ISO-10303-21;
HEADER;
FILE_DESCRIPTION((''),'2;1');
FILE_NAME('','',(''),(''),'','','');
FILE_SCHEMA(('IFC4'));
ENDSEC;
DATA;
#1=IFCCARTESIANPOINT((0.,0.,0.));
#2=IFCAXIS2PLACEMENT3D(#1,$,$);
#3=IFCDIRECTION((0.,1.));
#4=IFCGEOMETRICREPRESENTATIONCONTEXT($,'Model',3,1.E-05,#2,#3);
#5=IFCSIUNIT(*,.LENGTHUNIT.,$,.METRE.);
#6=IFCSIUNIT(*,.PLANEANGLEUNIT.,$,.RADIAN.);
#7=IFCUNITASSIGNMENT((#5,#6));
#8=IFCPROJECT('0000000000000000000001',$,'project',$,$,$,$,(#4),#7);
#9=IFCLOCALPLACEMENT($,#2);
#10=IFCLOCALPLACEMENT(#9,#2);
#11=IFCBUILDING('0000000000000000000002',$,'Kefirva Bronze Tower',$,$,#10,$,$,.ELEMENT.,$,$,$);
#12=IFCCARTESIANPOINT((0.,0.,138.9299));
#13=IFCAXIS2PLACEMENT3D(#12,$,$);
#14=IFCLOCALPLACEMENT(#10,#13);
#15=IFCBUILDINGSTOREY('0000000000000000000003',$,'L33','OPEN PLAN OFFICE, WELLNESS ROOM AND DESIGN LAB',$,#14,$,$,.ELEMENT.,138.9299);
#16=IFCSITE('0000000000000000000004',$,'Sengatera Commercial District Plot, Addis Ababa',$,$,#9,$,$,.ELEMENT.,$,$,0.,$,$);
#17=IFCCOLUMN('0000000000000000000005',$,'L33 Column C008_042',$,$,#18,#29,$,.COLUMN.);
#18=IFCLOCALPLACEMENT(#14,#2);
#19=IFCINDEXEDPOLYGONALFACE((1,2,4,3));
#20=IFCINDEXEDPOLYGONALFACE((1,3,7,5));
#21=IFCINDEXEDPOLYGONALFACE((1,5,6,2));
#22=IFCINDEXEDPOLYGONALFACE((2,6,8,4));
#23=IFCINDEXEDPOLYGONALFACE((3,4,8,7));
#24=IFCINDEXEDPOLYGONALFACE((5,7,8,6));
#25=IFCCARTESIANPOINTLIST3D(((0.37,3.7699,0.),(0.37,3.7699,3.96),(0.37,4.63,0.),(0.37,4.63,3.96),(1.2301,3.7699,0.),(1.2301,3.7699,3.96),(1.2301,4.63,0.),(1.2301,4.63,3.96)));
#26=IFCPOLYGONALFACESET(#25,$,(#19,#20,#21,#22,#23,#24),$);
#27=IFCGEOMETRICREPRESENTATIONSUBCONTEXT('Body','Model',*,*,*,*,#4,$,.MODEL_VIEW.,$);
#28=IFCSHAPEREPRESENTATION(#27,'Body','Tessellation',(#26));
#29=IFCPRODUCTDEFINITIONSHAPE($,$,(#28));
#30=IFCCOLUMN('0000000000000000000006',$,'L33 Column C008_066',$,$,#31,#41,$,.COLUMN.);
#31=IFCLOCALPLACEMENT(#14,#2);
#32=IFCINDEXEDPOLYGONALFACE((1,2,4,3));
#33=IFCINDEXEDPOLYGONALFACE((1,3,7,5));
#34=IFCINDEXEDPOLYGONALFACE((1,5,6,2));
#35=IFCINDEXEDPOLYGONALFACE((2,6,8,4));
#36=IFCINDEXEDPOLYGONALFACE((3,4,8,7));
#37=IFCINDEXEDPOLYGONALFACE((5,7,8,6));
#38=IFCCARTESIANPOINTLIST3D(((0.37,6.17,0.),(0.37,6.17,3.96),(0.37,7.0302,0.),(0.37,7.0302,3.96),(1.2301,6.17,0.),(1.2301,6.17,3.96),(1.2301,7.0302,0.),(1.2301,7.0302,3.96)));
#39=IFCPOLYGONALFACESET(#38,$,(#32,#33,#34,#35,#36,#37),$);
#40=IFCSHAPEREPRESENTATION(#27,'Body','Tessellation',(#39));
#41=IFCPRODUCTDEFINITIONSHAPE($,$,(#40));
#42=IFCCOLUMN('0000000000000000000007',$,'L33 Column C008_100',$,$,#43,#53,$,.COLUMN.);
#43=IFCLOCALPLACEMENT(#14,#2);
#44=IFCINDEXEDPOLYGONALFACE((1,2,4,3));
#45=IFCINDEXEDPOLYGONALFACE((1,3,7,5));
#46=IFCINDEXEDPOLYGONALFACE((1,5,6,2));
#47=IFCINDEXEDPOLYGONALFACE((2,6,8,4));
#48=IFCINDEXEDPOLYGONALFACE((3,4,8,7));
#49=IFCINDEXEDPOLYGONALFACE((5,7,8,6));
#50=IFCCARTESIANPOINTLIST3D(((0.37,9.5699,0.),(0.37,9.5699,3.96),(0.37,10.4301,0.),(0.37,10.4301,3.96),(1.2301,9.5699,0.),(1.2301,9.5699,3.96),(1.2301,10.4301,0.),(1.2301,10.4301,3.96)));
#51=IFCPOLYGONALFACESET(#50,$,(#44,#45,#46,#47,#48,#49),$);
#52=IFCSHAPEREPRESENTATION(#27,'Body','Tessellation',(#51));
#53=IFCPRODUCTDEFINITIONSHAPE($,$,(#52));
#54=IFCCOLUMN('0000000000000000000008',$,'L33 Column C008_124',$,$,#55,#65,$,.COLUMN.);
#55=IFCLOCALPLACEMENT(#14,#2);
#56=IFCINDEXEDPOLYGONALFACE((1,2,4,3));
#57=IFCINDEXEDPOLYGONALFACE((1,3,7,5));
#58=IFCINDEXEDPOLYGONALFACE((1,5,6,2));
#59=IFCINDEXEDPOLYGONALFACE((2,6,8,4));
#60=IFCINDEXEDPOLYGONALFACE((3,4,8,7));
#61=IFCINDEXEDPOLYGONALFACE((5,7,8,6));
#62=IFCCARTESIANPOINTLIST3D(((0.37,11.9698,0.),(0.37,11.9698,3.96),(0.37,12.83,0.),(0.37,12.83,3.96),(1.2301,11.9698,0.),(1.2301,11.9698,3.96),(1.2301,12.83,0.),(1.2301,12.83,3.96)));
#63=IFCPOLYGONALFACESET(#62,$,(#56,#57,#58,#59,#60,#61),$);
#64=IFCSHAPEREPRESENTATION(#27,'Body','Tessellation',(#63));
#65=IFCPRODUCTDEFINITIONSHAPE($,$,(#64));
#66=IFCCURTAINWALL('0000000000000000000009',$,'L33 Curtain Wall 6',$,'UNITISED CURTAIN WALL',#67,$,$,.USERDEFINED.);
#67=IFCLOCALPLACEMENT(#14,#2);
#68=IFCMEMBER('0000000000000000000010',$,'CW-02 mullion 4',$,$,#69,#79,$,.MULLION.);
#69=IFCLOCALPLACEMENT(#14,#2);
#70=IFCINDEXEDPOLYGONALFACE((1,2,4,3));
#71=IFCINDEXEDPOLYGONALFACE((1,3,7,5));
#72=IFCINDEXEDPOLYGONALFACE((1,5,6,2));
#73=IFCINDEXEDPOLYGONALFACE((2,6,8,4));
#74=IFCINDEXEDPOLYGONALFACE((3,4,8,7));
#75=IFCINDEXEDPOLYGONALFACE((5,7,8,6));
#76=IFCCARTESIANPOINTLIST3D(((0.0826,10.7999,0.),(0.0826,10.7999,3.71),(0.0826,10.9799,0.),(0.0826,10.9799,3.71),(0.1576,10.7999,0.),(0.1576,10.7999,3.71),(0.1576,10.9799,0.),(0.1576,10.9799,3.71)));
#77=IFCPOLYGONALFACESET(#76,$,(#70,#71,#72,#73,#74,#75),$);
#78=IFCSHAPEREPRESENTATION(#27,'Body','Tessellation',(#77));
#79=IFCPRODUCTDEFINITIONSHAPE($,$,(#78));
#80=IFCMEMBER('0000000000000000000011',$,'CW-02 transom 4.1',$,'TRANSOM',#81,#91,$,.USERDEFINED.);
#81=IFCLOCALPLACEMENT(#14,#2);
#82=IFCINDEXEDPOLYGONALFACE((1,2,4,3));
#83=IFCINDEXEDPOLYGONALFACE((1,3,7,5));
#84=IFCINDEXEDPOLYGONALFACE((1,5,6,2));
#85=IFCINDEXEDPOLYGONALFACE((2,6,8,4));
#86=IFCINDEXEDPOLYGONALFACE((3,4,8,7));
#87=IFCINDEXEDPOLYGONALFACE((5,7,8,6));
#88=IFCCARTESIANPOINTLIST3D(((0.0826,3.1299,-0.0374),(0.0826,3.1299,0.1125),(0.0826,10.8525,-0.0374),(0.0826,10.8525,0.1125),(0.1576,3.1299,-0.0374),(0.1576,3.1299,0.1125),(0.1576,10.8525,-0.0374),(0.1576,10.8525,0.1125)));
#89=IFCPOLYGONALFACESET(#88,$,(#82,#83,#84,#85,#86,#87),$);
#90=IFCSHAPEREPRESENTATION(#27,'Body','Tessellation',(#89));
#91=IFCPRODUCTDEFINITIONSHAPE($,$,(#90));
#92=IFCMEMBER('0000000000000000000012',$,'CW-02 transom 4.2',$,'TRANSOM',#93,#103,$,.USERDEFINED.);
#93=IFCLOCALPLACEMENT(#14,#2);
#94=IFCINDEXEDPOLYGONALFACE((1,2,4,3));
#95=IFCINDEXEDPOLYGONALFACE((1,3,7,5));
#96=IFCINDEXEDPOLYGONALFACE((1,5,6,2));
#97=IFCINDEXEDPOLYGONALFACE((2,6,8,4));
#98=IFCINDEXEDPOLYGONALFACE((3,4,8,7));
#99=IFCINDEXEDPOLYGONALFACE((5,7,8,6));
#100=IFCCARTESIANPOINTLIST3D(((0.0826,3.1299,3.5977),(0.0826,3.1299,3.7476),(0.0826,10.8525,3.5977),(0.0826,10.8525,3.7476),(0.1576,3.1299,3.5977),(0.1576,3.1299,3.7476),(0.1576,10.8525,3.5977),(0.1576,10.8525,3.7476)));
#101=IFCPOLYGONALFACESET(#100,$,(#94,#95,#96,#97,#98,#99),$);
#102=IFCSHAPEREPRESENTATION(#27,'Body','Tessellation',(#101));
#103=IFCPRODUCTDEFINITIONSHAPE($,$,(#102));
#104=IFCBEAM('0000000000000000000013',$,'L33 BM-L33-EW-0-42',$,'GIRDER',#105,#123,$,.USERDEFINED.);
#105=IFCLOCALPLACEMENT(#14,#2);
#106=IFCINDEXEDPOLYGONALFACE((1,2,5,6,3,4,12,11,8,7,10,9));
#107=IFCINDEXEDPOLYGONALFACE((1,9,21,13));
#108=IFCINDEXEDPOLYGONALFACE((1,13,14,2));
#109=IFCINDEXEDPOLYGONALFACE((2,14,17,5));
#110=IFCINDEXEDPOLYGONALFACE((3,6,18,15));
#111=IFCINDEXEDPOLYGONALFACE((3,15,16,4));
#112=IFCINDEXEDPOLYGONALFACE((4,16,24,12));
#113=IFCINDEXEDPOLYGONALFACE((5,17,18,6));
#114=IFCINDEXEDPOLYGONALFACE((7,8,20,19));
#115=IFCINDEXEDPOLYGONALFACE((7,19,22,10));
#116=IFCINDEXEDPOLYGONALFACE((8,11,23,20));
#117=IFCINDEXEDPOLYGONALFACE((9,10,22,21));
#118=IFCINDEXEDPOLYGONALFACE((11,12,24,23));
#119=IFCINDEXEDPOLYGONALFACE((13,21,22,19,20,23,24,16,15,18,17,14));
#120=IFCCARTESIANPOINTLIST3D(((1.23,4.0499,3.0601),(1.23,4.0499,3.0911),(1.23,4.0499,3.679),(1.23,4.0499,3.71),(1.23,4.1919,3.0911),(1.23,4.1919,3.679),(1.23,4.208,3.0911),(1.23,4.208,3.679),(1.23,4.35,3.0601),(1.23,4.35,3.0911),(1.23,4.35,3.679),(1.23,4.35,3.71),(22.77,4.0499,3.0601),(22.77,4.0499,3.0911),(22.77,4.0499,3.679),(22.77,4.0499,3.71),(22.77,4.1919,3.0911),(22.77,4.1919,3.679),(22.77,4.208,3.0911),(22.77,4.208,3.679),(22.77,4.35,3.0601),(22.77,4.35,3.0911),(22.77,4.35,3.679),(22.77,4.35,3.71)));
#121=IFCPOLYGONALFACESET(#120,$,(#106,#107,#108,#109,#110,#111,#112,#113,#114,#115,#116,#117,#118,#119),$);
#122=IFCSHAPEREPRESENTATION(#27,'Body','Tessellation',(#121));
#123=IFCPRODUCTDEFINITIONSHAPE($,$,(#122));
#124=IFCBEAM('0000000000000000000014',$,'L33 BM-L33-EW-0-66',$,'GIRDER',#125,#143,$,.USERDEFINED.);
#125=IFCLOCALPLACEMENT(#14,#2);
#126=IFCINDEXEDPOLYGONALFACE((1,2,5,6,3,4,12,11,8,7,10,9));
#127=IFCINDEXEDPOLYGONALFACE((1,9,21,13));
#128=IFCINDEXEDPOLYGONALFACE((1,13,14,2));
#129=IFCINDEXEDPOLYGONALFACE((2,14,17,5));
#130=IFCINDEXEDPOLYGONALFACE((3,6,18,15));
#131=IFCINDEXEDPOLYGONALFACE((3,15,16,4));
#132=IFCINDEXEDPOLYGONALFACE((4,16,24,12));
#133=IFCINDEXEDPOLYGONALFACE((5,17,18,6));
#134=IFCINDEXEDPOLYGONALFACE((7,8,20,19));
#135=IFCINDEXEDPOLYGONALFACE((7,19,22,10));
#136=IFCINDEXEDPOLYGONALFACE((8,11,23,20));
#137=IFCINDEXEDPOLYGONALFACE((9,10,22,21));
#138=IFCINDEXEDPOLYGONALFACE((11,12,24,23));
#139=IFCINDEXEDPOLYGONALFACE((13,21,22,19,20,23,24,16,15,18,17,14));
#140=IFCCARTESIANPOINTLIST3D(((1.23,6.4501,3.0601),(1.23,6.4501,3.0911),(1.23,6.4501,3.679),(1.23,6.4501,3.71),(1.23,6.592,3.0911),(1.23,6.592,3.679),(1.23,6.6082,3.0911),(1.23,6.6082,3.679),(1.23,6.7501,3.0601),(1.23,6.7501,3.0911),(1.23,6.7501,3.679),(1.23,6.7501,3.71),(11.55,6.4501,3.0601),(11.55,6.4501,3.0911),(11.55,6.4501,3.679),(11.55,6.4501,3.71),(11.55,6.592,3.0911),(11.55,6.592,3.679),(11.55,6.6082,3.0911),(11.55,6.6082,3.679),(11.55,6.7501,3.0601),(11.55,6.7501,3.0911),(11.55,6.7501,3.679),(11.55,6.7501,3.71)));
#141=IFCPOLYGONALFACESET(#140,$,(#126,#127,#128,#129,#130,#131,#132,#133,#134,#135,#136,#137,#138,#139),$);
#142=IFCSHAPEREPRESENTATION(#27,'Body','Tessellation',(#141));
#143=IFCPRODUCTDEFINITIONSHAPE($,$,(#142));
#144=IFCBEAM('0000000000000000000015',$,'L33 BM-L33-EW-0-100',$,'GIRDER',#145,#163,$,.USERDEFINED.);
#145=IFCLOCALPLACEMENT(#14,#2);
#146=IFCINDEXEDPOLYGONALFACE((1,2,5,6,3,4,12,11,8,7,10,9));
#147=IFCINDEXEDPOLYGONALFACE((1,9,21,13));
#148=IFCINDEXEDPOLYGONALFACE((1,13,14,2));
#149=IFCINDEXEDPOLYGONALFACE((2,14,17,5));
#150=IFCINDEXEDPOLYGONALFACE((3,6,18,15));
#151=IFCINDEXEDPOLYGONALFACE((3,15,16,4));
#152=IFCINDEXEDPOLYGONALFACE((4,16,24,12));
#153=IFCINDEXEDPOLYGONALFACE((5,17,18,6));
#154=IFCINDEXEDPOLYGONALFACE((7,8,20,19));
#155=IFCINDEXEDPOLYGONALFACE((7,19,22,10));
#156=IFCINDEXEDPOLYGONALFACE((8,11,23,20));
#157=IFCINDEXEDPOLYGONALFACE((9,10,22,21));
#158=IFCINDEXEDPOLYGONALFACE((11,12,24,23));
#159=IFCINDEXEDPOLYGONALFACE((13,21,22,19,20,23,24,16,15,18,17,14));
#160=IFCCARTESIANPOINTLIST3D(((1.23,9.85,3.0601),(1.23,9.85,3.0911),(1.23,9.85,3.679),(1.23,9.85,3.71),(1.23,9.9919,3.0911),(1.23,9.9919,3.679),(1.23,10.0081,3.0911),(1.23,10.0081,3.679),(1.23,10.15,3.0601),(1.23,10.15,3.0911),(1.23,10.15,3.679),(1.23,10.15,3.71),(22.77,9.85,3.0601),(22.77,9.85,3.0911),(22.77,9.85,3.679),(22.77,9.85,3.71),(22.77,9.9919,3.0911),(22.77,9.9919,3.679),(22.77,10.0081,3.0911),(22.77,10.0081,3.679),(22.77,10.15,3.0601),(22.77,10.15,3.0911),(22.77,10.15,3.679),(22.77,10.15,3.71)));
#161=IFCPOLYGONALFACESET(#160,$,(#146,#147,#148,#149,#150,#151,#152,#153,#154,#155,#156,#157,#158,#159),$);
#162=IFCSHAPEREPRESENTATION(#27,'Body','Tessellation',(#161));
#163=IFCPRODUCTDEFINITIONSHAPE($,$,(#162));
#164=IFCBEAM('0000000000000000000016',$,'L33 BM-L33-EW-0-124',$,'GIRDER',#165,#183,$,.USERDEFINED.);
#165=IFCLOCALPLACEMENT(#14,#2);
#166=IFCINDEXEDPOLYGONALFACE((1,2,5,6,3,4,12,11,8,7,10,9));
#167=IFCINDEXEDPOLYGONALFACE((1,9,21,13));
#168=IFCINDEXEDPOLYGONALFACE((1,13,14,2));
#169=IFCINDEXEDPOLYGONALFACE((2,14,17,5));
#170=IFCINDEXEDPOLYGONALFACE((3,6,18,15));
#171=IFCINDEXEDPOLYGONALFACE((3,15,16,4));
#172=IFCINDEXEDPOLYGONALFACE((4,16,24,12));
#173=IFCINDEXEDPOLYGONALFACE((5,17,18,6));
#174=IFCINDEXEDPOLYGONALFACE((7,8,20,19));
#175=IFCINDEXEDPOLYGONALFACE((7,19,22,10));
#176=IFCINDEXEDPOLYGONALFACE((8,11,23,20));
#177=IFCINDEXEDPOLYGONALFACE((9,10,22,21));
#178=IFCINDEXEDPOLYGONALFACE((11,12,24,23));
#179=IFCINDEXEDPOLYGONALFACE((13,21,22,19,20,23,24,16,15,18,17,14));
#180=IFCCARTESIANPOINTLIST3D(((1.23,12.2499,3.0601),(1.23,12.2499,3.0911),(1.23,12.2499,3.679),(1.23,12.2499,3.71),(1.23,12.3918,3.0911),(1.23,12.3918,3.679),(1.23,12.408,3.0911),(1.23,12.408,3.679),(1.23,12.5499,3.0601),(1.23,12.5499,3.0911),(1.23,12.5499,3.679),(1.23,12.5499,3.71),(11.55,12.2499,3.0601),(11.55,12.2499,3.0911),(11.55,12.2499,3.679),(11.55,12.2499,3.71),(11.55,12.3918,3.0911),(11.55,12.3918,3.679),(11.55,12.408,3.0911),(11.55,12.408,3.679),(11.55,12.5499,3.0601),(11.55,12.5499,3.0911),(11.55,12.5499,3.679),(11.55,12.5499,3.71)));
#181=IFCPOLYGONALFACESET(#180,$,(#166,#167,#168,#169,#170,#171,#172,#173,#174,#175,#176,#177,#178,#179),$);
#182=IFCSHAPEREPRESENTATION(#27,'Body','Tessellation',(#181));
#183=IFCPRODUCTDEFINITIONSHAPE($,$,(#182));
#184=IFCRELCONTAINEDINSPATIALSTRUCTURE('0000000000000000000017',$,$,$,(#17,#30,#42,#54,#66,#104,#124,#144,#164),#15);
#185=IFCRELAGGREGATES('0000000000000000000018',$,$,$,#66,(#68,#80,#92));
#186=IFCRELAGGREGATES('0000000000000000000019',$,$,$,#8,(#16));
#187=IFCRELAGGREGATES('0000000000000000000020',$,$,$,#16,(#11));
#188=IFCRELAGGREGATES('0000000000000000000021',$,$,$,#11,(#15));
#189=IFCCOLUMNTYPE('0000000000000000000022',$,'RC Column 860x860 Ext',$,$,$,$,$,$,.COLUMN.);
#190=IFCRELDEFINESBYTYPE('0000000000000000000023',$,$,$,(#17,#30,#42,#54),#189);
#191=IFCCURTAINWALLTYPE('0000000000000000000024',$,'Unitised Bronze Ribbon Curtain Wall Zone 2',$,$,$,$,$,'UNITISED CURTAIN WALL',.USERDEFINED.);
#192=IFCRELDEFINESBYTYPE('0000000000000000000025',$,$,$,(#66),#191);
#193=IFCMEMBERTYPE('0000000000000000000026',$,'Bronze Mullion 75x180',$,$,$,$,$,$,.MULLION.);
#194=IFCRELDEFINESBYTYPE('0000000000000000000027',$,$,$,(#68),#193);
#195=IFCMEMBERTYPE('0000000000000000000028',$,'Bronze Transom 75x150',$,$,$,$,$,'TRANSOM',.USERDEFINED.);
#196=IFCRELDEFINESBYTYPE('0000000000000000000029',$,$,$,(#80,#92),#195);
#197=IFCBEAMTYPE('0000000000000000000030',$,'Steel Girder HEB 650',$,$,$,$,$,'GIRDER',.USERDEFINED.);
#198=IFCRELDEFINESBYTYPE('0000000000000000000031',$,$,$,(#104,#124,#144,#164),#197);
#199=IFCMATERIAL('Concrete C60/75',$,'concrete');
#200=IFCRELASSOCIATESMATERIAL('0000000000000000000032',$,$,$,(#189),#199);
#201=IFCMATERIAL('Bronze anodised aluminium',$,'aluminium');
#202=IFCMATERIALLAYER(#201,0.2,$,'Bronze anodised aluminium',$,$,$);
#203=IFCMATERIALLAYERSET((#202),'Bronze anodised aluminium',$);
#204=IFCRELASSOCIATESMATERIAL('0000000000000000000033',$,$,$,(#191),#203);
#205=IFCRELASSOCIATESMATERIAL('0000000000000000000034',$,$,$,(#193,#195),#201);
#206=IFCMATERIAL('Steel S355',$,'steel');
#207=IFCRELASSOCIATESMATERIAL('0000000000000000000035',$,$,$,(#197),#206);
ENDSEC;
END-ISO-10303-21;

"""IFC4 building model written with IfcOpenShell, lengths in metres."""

from ifc_helpers import new_model, si_unit, direction, frame, origin, origin_2d, place, context, subcontext, project, spatial, rectangle, i_section, extrude, material, layer, layer_set, material_profile, profile_set, type_object, element, aggregate, save


model = new_model("IFC4")

# Units and contexts
model_context = context("Model", 3, precision=1e-05, world=origin(), true_north=direction((0.0, 1.0)))
body_context = subcontext(model_context, "Body", "Model", "MODEL_VIEW")
ifc_project = project(units=[si_unit("LENGTHUNIT", "METRE"), si_unit("PLANEANGLEUNIT", "RADIAN")], contexts=[model_context])

# Site, building, storey
site_placement = place(None, origin())
site = spatial("IfcSite", under=ifc_project, at=site_placement, Name="Sengatera Commercial District Plot, Addis Ababa", CompositionType="ELEMENT", RefElevation=0.0)
building_placement = place(site_placement, origin())
building = spatial("IfcBuilding", under=site, at=building_placement, Name="Kefirva Bronze Tower", CompositionType="ELEMENT")
storey_placement = place(building_placement, frame((0.0, 0.0, 138.9299)))
storey = spatial("IfcBuildingStorey", under=building, at=storey_placement, Name="L33", Description="OPEN PLAN OFFICE, WELLNESS ROOM AND DESIGN LAB", CompositionType="ELEMENT", Elevation=138.9299)

# Columns
ifc_material_1 = material(Name="Concrete C60/75", Category="concrete")
ifc_material_profile_1 = material_profile(ifc_material_1, rectangle(XDim=0.8601, YDim=0.8601, at=origin_2d()), Name="RC 860x860")
ifc_profile_set_1 = profile_set([ifc_material_profile_1], Name="Concrete C60/75")
column_type = type_object("IfcColumnType", Name="RC Column 860x860 Ext", PredefinedType="COLUMN", material=ifc_profile_set_1)
for number, where, z_axis, x_axis, name in (
    (1, (0.8, 4.2, 0.0), (0.0, 0.0, 1.0), (1.0, 0.0, 0.0), "L33 Column C008_042"),
    (2, (0.8, 6.6001, 0.0), (0.0, 0.0, 1.0), (1.0, 0.0, 0.0), "L33 Column C008_066"),
    (3, (0.8, 10.0, 0.0), (0.0, 0.0, 1.0), (1.0, 0.0, 0.0), "L33 Column C008_100"),
    (4, (0.8, 12.3999, 0.0), (0.0, 0.0, 1.0), (1.0, 0.0, 0.0), "L33 Column C008_124"),
):
    element("IfcColumn", number, at=place(storey_placement, frame(where, z_axis=z_axis, x_axis=x_axis)), inside=storey, type_object=column_type, Name=name, PredefinedType="COLUMN", context=body_context, shape_type="SweptSolid", body=[
        extrude(rectangle(XDim=0.8601, YDim=0.8601, at=origin_2d()), origin(), (0.0, 0.0, 1.0), 3.96),
    ])

# Curtain wall, members
ifc_material_2 = material(Name="Bronze anodised aluminium", Category="aluminium")
ifc_layer_1 = layer(ifc_material_2, 0.2, Name="Bronze anodised aluminium")
ifc_layer_set_1 = layer_set([ifc_layer_1], Name="Bronze anodised aluminium")
curtain_wall_type = type_object("IfcCurtainWallType", Name="Unitised Bronze Ribbon Curtain Wall Zone 2", ElementType="UNITISED CURTAIN WALL", PredefinedType="USERDEFINED", material=ifc_layer_set_1)
curtain_wall_placement = place(storey_placement, origin())
curtain_wall = element("IfcCurtainWall", 5, at=curtain_wall_placement, inside=storey, type_object=curtain_wall_type, Name="L33 Curtain Wall 6", ObjectType="UNITISED CURTAIN WALL", PredefinedType="USERDEFINED")
ifc_material_profile_2 = material_profile(ifc_material_2, rectangle(XDim=0.075, YDim=0.1799, at=origin_2d()), Name="ALU 75x180")
ifc_profile_set_2 = profile_set([ifc_material_profile_2], Name="Bronze anodised aluminium")
member_type_1 = type_object("IfcMemberType", Name="Bronze Mullion 75x180", PredefinedType="MULLION", material=ifc_profile_set_2)
member_1_placement = place(storey_placement, frame((0.1201, 10.8899, 0.0), z_axis=(0.0, 0.0, 1.0), x_axis=(1.0, 0.0, 0.0)))
member_1 = element("IfcMember", 6, at=member_1_placement, type_object=member_type_1, Name="CW-02 mullion 4", PredefinedType="MULLION", context=body_context, shape_type="SweptSolid", body=[
    extrude(rectangle(XDim=0.075, YDim=0.1799, at=origin_2d()), origin(), (0.0, 0.0, 1.0), 3.71),
])
ifc_material_profile_3 = material_profile(ifc_material_2, rectangle(XDim=0.075, YDim=0.1499, at=origin_2d()), Name="ALU 75x150")
ifc_profile_set_3 = profile_set([ifc_material_profile_3], Name="Bronze anodised aluminium")
member_type_2 = type_object("IfcMemberType", Name="Bronze Transom 75x150", ElementType="TRANSOM", PredefinedType="USERDEFINED", material=ifc_profile_set_3)
member_2_placement = place(storey_placement, frame((0.1201, 10.8525, 0.0376), z_axis=(0.0, -1.0, 0.0), x_axis=(1.0, 0.0, 0.0)))
member_2 = element("IfcMember", 7, at=member_2_placement, type_object=member_type_2, Name="CW-02 transom 4.1", ObjectType="TRANSOM", PredefinedType="USERDEFINED", context=body_context, shape_type="SweptSolid", body=[
    extrude(rectangle(XDim=0.075, YDim=0.1499, at=origin_2d()), origin(), (0.0, 0.0, 1.0), 7.7227),
])
member_3_placement = place(storey_placement, frame((0.1201, 10.8525, 3.6726), z_axis=(0.0, -1.0, 0.0), x_axis=(1.0, 0.0, 0.0)))
member_3 = element("IfcMember", 8, at=member_3_placement, type_object=member_type_2, Name="CW-02 transom 4.2", ObjectType="TRANSOM", PredefinedType="USERDEFINED", context=body_context, shape_type="SweptSolid", body=[
    extrude(rectangle(XDim=0.075, YDim=0.1499, at=origin_2d()), origin(), (0.0, 0.0, 1.0), 7.7227),
])

# Beams
ifc_material_3 = material(Name="Steel S355", Category="steel")
ifc_material_profile_4 = material_profile(ifc_material_3, i_section(OverallWidth=0.3, OverallDepth=0.6499, WebThickness=0.0161, FlangeThickness=0.031, at=origin_2d()), Name="HEB 650")
ifc_profile_set_4 = profile_set([ifc_material_profile_4], Name="Steel S355")
beam_type_1 = type_object("IfcBeamType", Name="Steel Girder HEB 650", ElementType="GIRDER", PredefinedType="USERDEFINED", material=ifc_profile_set_4)
beam_1_placement = place(storey_placement, frame((1.23, 4.2, 3.385), z_axis=(1.0, 0.0, 0.0), x_axis=(0.0, 1.0, 0.0)))
element("IfcBeam", 9, at=beam_1_placement, inside=storey, type_object=beam_type_1, Name="L33 BM-L33-EW-0-42", ObjectType="GIRDER", PredefinedType="USERDEFINED", context=body_context, shape_type="SweptSolid", body=[
    extrude(i_section(OverallWidth=0.3, OverallDepth=0.6499, WebThickness=0.0161, FlangeThickness=0.031, at=origin_2d()), origin(), (0.0, 0.0, 1.0), 21.54),
])
beam_2_placement = place(storey_placement, frame((1.23, 6.6001, 3.385), z_axis=(1.0, 0.0, 0.0), x_axis=(0.0, 1.0, 0.0)))
element("IfcBeam", 10, at=beam_2_placement, inside=storey, type_object=beam_type_1, Name="L33 BM-L33-EW-0-66", ObjectType="GIRDER", PredefinedType="USERDEFINED", context=body_context, shape_type="SweptSolid", body=[
    extrude(i_section(OverallWidth=0.3, OverallDepth=0.6499, WebThickness=0.0161, FlangeThickness=0.031, at=origin_2d()), origin(), (0.0, 0.0, 1.0), 10.3201),
])
beam_3_placement = place(storey_placement, frame((1.23, 10.0, 3.385), z_axis=(1.0, 0.0, 0.0), x_axis=(0.0, 1.0, 0.0)))
element("IfcBeam", 11, at=beam_3_placement, inside=storey, type_object=beam_type_1, Name="L33 BM-L33-EW-0-100", ObjectType="GIRDER", PredefinedType="USERDEFINED", context=body_context, shape_type="SweptSolid", body=[
    extrude(i_section(OverallWidth=0.3, OverallDepth=0.6499, WebThickness=0.0161, FlangeThickness=0.031, at=origin_2d()), origin(), (0.0, 0.0, 1.0), 21.54),
])
beam_4_placement = place(storey_placement, frame((1.23, 12.3999, 3.385), z_axis=(1.0, 0.0, 0.0), x_axis=(0.0, 1.0, 0.0)))
element("IfcBeam", 12, at=beam_4_placement, inside=storey, type_object=beam_type_1, Name="L33 BM-L33-EW-0-124", ObjectType="GIRDER", PredefinedType="USERDEFINED", context=body_context, shape_type="SweptSolid", body=[
    extrude(i_section(OverallWidth=0.3, OverallDepth=0.6499, WebThickness=0.0161, FlangeThickness=0.031, at=origin_2d()), origin(), (0.0, 0.0, 1.0), 10.3201),
])

aggregate(curtain_wall, [member_1, member_2, member_3])

save(model, "model.ifc")
